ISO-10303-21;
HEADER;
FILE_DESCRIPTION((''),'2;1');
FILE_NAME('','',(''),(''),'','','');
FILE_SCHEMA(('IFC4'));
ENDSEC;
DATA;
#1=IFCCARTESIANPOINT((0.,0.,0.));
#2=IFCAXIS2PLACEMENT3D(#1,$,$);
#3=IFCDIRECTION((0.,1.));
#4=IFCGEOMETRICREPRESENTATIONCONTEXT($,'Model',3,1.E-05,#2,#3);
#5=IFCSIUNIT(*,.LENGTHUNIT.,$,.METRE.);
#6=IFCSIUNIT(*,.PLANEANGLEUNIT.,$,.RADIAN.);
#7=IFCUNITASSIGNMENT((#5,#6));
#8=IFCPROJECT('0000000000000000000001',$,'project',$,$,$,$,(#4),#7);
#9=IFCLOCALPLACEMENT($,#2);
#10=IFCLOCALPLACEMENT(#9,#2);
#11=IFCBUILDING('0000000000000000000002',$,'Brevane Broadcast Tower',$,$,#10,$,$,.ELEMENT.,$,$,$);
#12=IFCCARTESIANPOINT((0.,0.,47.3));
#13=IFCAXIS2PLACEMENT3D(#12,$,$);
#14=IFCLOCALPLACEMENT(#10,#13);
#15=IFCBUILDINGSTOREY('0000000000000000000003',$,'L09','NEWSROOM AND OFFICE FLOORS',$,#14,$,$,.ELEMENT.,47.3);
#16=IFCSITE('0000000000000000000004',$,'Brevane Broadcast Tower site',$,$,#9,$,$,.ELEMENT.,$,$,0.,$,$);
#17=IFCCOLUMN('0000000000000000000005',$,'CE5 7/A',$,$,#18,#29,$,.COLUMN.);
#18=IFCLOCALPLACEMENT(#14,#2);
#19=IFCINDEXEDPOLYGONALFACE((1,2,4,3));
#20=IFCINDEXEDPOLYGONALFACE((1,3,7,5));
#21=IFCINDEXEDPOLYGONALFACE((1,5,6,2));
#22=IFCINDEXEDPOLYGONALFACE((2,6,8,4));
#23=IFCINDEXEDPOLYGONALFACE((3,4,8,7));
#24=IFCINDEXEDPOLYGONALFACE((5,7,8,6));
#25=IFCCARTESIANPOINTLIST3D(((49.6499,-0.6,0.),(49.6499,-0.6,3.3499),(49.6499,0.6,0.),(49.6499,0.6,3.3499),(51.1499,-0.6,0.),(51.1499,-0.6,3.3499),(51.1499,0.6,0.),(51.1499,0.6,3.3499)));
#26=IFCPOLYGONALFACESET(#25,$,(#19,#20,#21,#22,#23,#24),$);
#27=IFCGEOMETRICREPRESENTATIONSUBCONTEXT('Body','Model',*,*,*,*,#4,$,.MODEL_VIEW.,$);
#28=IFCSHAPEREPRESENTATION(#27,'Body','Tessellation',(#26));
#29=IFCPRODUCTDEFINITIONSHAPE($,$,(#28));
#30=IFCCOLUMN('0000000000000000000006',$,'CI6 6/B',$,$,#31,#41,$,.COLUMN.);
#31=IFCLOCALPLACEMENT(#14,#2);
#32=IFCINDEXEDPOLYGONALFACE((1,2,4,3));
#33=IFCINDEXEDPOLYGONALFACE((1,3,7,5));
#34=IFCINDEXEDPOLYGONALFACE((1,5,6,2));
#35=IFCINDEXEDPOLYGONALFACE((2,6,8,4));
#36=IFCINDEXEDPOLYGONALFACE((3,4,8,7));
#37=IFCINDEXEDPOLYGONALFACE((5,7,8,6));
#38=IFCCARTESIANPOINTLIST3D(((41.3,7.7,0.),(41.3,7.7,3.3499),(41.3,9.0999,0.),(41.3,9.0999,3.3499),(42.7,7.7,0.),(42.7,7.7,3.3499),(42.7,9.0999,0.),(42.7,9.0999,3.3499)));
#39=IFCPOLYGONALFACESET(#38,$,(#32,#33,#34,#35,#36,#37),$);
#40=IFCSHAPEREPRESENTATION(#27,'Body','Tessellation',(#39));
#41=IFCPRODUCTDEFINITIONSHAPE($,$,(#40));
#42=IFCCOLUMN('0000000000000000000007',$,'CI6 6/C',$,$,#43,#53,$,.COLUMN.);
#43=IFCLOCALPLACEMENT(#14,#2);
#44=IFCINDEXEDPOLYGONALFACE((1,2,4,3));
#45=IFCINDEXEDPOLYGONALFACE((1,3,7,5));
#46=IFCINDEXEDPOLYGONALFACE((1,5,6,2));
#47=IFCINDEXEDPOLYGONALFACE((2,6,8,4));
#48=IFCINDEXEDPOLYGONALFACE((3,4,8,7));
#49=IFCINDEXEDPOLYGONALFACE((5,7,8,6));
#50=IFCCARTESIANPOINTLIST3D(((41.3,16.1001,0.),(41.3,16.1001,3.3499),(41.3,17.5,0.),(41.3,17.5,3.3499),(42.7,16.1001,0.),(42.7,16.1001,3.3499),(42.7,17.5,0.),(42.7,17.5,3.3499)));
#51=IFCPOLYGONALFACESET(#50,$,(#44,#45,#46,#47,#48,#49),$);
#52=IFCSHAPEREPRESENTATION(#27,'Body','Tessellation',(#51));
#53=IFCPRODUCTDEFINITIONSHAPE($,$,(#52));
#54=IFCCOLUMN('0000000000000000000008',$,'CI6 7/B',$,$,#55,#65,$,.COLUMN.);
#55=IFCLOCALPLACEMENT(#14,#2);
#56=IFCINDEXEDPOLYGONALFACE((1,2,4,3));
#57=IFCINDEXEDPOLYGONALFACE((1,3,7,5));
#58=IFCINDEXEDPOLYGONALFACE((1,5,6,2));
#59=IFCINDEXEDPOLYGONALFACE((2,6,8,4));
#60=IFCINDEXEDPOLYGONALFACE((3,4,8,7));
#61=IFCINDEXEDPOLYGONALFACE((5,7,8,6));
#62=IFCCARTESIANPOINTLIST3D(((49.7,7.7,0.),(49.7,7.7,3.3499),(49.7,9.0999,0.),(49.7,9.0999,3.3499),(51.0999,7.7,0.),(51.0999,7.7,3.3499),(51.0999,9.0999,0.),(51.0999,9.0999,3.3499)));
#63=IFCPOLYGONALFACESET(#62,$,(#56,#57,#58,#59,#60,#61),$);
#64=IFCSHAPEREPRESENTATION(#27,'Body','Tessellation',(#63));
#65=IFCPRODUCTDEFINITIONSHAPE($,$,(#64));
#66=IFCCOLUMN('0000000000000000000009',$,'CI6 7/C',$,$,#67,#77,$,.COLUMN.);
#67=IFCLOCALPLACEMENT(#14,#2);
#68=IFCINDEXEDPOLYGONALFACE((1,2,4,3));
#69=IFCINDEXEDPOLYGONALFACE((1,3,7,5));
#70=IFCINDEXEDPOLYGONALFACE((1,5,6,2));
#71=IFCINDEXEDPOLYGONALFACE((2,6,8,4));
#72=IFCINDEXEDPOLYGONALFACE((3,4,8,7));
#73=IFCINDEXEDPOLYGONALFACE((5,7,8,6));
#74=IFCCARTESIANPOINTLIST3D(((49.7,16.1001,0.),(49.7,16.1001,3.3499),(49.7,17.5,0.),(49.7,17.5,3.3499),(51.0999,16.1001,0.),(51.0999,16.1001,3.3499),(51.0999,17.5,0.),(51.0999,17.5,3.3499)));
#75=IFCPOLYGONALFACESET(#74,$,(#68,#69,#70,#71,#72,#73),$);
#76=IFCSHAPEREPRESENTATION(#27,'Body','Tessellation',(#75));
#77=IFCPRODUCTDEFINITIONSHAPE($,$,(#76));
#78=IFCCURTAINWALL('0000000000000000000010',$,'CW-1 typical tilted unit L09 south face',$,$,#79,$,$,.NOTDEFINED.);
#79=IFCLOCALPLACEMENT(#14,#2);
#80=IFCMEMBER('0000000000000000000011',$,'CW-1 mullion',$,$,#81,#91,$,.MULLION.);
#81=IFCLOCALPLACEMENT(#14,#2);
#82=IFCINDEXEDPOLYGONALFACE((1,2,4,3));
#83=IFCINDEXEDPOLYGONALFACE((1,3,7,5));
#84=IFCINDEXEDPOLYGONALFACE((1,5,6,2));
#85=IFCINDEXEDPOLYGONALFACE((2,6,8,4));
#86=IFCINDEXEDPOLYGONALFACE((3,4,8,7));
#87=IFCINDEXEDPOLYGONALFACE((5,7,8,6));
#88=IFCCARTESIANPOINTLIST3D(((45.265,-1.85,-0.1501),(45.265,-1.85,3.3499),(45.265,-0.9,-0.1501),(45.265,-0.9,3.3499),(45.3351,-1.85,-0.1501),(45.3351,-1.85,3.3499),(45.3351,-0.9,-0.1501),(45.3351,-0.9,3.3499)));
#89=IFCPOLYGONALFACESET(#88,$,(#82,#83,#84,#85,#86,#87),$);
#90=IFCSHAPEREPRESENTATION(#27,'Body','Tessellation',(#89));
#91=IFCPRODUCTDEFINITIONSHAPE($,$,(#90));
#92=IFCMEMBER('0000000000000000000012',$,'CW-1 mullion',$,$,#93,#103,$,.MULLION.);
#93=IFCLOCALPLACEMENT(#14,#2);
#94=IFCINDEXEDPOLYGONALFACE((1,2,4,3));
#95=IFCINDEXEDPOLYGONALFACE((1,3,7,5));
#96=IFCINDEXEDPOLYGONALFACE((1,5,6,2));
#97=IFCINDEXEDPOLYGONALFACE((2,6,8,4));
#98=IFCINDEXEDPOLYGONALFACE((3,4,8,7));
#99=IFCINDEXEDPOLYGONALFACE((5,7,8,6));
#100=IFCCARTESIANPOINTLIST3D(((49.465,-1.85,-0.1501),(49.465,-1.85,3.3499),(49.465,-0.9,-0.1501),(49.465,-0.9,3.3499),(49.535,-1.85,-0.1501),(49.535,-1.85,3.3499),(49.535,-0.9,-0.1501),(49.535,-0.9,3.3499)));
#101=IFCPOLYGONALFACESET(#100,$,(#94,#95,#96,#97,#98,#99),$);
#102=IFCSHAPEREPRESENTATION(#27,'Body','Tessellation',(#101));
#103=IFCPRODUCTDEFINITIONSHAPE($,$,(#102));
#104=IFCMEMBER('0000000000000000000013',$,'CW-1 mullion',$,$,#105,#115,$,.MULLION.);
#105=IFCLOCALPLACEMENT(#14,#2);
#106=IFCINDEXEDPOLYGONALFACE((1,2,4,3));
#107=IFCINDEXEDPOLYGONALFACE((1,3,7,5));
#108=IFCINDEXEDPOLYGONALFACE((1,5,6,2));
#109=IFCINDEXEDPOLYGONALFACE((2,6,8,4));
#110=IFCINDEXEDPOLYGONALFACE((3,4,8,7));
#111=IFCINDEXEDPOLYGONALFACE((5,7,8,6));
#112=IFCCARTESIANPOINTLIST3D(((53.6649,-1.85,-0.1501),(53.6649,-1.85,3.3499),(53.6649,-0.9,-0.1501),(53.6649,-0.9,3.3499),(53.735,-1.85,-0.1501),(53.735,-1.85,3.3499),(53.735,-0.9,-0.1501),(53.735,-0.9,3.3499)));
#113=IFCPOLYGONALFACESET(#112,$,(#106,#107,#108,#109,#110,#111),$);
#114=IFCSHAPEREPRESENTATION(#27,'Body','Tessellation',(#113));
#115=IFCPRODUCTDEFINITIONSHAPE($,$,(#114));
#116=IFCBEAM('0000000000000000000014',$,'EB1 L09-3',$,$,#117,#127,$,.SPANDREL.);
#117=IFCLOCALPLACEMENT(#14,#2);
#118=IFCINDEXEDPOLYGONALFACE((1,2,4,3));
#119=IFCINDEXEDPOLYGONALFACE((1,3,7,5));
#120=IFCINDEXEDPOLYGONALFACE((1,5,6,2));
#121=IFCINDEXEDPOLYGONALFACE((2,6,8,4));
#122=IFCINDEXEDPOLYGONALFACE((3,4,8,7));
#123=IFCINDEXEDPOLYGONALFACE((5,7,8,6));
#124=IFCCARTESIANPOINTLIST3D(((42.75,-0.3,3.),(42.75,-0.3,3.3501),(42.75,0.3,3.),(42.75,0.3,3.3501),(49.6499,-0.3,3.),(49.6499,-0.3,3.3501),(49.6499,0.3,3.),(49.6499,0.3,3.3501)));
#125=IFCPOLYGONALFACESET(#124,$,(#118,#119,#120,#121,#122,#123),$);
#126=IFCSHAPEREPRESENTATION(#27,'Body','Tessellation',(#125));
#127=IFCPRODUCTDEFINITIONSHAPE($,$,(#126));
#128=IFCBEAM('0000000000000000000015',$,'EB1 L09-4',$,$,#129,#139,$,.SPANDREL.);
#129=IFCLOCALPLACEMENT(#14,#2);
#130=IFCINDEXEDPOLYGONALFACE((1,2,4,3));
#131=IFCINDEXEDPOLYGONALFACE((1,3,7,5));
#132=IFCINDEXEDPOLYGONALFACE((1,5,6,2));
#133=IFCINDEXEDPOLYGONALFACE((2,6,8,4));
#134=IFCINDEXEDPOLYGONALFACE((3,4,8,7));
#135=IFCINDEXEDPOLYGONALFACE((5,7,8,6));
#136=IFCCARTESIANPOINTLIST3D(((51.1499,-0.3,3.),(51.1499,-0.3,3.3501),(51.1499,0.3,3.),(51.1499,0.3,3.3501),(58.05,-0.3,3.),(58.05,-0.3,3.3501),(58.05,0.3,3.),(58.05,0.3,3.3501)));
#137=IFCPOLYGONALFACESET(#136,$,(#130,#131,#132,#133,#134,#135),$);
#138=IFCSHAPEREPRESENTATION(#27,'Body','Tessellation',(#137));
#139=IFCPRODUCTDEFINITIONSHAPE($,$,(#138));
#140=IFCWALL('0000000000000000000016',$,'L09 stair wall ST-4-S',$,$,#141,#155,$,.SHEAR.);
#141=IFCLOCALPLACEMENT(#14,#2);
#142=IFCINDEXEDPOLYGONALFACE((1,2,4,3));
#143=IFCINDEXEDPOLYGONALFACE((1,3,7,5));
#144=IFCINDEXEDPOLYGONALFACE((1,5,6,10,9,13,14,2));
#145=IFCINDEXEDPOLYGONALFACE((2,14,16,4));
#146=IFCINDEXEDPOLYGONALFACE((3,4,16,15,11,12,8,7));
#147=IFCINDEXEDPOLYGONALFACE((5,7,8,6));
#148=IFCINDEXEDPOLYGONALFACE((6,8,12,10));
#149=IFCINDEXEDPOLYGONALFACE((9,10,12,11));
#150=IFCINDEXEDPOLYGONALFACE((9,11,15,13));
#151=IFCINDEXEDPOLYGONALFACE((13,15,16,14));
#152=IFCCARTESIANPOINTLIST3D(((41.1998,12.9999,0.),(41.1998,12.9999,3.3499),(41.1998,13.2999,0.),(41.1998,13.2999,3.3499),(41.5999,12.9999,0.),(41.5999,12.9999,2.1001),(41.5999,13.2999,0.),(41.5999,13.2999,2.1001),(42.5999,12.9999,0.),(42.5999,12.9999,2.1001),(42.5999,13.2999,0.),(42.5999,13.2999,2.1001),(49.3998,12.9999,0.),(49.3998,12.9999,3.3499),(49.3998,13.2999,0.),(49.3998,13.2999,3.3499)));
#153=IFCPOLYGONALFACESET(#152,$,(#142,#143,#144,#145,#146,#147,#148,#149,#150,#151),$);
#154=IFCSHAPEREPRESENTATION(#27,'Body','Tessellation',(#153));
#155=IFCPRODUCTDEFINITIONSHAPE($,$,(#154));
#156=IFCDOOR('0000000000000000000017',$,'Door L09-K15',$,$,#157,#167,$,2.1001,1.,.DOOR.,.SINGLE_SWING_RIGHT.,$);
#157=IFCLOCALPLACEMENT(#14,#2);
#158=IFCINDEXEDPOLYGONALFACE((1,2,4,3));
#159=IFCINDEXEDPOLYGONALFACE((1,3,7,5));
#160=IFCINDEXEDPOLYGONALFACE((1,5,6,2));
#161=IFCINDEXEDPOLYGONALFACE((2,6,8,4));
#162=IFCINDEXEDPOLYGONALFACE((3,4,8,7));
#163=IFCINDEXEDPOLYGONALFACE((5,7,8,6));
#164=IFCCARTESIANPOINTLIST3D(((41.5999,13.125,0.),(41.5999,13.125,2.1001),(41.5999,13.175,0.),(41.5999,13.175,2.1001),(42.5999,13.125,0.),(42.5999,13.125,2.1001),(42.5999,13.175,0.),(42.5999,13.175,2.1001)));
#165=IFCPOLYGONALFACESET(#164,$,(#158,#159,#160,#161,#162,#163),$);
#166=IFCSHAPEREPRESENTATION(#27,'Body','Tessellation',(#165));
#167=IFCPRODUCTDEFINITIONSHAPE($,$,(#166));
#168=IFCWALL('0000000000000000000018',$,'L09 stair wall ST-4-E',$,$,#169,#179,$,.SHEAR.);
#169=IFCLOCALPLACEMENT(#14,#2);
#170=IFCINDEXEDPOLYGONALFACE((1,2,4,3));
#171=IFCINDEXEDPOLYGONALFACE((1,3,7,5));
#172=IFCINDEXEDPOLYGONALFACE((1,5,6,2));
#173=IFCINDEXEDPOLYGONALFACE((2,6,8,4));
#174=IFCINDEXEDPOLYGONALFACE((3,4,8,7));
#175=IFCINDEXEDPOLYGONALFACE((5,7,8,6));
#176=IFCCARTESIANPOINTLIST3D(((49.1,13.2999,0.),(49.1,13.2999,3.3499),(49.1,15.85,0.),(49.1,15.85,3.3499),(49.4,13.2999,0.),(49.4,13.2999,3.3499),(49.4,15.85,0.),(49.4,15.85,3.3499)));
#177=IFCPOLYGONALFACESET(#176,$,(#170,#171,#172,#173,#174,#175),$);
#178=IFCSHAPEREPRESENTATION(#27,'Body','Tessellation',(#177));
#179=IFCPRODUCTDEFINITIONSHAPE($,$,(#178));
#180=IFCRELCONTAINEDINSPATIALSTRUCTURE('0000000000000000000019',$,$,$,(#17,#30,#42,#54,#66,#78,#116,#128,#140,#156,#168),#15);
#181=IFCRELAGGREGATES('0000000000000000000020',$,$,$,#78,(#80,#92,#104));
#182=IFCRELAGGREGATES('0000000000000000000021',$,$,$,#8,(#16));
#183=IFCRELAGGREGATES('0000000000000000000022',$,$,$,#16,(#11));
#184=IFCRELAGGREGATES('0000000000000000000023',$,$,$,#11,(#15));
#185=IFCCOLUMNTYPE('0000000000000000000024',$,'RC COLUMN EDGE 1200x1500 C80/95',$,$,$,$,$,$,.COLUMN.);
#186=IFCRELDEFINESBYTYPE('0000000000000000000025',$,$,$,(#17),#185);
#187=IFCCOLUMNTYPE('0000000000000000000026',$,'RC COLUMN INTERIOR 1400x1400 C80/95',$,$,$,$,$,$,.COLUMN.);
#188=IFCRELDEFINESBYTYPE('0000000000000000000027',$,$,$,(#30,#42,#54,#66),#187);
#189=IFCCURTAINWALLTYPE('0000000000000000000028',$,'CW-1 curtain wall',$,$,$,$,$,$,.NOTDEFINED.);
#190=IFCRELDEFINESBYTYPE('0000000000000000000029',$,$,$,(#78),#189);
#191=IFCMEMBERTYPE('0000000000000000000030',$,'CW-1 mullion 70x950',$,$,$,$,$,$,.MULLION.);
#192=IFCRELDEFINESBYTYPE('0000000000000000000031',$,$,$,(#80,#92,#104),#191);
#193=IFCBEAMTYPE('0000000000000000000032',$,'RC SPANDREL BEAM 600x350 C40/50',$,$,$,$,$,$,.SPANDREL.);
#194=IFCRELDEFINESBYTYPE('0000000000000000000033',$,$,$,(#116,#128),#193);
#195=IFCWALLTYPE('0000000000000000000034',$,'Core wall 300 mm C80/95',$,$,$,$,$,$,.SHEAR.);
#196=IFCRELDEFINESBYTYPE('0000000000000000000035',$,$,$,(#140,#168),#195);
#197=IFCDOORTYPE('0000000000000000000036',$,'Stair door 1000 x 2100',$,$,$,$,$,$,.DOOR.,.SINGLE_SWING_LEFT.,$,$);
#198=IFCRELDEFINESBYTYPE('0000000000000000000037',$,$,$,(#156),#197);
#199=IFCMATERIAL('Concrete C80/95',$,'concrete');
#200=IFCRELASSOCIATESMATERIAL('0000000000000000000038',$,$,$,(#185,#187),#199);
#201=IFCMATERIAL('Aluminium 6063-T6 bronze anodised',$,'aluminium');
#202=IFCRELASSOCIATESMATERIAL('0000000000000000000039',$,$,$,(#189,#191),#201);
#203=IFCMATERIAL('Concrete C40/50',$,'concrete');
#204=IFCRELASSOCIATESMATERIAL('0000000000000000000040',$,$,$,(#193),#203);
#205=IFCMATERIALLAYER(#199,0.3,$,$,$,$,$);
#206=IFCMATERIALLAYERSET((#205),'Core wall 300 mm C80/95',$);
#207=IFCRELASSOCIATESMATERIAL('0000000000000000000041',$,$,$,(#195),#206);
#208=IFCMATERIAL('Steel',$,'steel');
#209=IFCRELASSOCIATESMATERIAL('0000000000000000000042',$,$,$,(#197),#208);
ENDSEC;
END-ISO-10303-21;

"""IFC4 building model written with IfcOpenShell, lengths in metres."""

from ifc_helpers import new_model, si_unit, direction, frame, frame_2d, origin, origin_2d, place, context, subcontext, project, spatial, rectangle, extrude, material, layer, layer_set, material_profile, profile_set, type_object, element, fill, aggregate, save


model = new_model("IFC4")

# Units and contexts
model_context = context("Model", 3, precision=1e-05, world=origin(), true_north=direction((0.0, 1.0)))
body_context = subcontext(model_context, "Body", "Model", "MODEL_VIEW")
ifc_project = project(units=[si_unit("LENGTHUNIT", "METRE"), si_unit("PLANEANGLEUNIT", "RADIAN")], contexts=[model_context])

# Site, building, storey
site_placement = place(None, origin())
site = spatial("IfcSite", under=ifc_project, at=site_placement, Name="Brevane Broadcast Tower site", CompositionType="ELEMENT", RefElevation=0.0)
building_placement = place(site_placement, origin())
building = spatial("IfcBuilding", under=site, at=building_placement, Name="Brevane Broadcast Tower", CompositionType="ELEMENT")
storey_placement = place(building_placement, frame((0.0, 0.0, 47.3)))
storey = spatial("IfcBuildingStorey", under=building, at=storey_placement, Name="L09", Description="NEWSROOM AND OFFICE FLOORS", CompositionType="ELEMENT", Elevation=47.3)

# Columns
ifc_material_1 = material(Name="Concrete C80/95", Category="concrete")
ifc_material_profile_1 = material_profile(ifc_material_1, rectangle(XDim=1.2, YDim=1.5, at=origin_2d()), Name="RC 1200x1500")
ifc_profile_set_1 = profile_set([ifc_material_profile_1], Name="Concrete C80/95")
column_type_1 = type_object("IfcColumnType", Name="RC COLUMN EDGE 1200x1500 C80/95", PredefinedType="COLUMN", material=ifc_profile_set_1)
column_placement = place(storey_placement, frame((50.3999, 0.0, 0.0), z_axis=(0.0, 0.0, 1.0), x_axis=(0.0, 1.0, 0.0)))
element("IfcColumn", 1, at=column_placement, inside=storey, type_object=column_type_1, Name="CE5 7/A", PredefinedType="COLUMN", context=body_context, shape_type="SweptSolid", body=[
    extrude(rectangle(XDim=1.2, YDim=1.5, at=origin_2d()), origin(), (0.0, 0.0, 1.0), 3.3499),
])
ifc_material_profile_2 = material_profile(ifc_material_1, rectangle(XDim=1.3999, YDim=1.3999, at=origin_2d()), Name="RC 1400x1400")
ifc_profile_set_2 = profile_set([ifc_material_profile_2], Name="Concrete C80/95")
column_type_2 = type_object("IfcColumnType", Name="RC COLUMN INTERIOR 1400x1400 C80/95", PredefinedType="COLUMN", material=ifc_profile_set_2)
for number, where, z_axis, x_axis, name in (
    (2, (42.0, 8.3999, 0.0), (0.0, 0.0, 1.0), (1.0, 0.0, 0.0), "CI6 6/B"),
    (3, (42.0, 16.8, 0.0), (0.0, 0.0, 1.0), (1.0, 0.0, 0.0), "CI6 6/C"),
    (4, (50.3999, 8.3999, 0.0), (0.0, 0.0, 1.0), (1.0, 0.0, 0.0), "CI6 7/B"),
    (5, (50.3999, 16.8, 0.0), (0.0, 0.0, 1.0), (1.0, 0.0, 0.0), "CI6 7/C"),
):
    element("IfcColumn", number, at=place(storey_placement, frame(where, z_axis=z_axis, x_axis=x_axis)), inside=storey, type_object=column_type_2, Name=name, PredefinedType="COLUMN", context=body_context, shape_type="SweptSolid", body=[
        extrude(rectangle(XDim=1.3999, YDim=1.3999, at=origin_2d()), origin(), (0.0, 0.0, 1.0), 3.3499),
    ])

# Curtain wall, members
ifc_material_2 = material(Name="Aluminium 6063-T6 bronze anodised", Category="aluminium")
curtain_wall_type = type_object("IfcCurtainWallType", Name="CW-1 curtain wall", PredefinedType="NOTDEFINED", material=ifc_material_2)
curtain_wall_placement = place(storey_placement, origin())
curtain_wall = element("IfcCurtainWall", 6, at=curtain_wall_placement, inside=storey, type_object=curtain_wall_type, Name="CW-1 typical tilted unit L09 south face", PredefinedType="NOTDEFINED")
ifc_material_profile_3 = material_profile(ifc_material_2, rectangle(XDim=0.95, YDim=0.0701, at=origin_2d()), Name="RECT 70x950")
ifc_profile_set_3 = profile_set([ifc_material_profile_3], Name="Aluminium 6063-T6 bronze anodised")
member_type = type_object("IfcMemberType", Name="CW-1 mullion 70x950", PredefinedType="MULLION", material=ifc_profile_set_3)
member_1_placement = place(storey_placement, frame((45.3, -1.375, -0.1501), z_axis=(0.0, 0.0, 1.0), x_axis=(0.0, 1.0, 0.0)))
member_1 = element("IfcMember", 7, at=member_1_placement, type_object=member_type, Name="CW-1 mullion", PredefinedType="MULLION", context=body_context, shape_type="SweptSolid", body=[
    extrude(rectangle(XDim=0.95, YDim=0.0701, at=origin_2d()), origin(), (0.0, 0.0, 1.0), 3.5),
])
member_2_placement = place(storey_placement, frame((49.5, -1.375, -0.1501), z_axis=(0.0, 0.0, 1.0), x_axis=(0.0, 1.0, 0.0)))
member_2 = element("IfcMember", 8, at=member_2_placement, type_object=member_type, Name="CW-1 mullion", PredefinedType="MULLION", context=body_context, shape_type="SweptSolid", body=[
    extrude(rectangle(XDim=0.95, YDim=0.0701, at=origin_2d()), origin(), (0.0, 0.0, 1.0), 3.5),
])
member_3_placement = place(storey_placement, frame((53.7, -1.375, -0.1501), z_axis=(0.0, 0.0, 1.0), x_axis=(0.0, 1.0, 0.0)))
member_3 = element("IfcMember", 9, at=member_3_placement, type_object=member_type, Name="CW-1 mullion", PredefinedType="MULLION", context=body_context, shape_type="SweptSolid", body=[
    extrude(rectangle(XDim=0.95, YDim=0.0701, at=origin_2d()), origin(), (0.0, 0.0, 1.0), 3.5),
])
aggregate(curtain_wall, [member_1, member_2, member_3])

# Beams
ifc_material_3 = material(Name="Concrete C40/50", Category="concrete")
ifc_material_profile_4 = material_profile(ifc_material_3, rectangle(XDim=0.6001, YDim=0.3501, at=origin_2d()), Name="RC 600x350")
ifc_profile_set_4 = profile_set([ifc_material_profile_4], Name="Concrete C40/50")
beam_type = type_object("IfcBeamType", Name="RC SPANDREL BEAM 600x350 C40/50", PredefinedType="SPANDREL", material=ifc_profile_set_4)
beam_1_placement = place(storey_placement, frame((42.75, 0.0, 3.175), z_axis=(1.0, 0.0, 0.0), x_axis=(0.0, 1.0, 0.0)))
element("IfcBeam", 10, at=beam_1_placement, inside=storey, type_object=beam_type, Name="EB1 L09-3", PredefinedType="SPANDREL", context=body_context, shape_type="SweptSolid", body=[
    extrude(rectangle(XDim=0.6001, YDim=0.3501, at=origin_2d()), origin(), (0.0, 0.0, 1.0), 6.8999),
])
beam_2_placement = place(storey_placement, frame((51.1499, 0.0, 3.175), z_axis=(1.0, 0.0, 0.0), x_axis=(0.0, 1.0, 0.0)))
element("IfcBeam", 11, at=beam_2_placement, inside=storey, type_object=beam_type, Name="EB1 L09-4", PredefinedType="SPANDREL", context=body_context, shape_type="SweptSolid", body=[
    extrude(rectangle(XDim=0.6001, YDim=0.3501, at=origin_2d()), origin(), (0.0, 0.0, 1.0), 6.9001),
])

# Wall, opening, door
ifc_layer_1 = layer(ifc_material_1, 0.3)
ifc_layer_set_1 = layer_set([ifc_layer_1], Name="Core wall 300 mm C80/95")
wall_type_1 = type_object("IfcWallType", Name="Core wall 300 mm C80/95", PredefinedType="SHEAR", material=ifc_layer_set_1)
wall_1_placement = place(storey_placement, frame((49.3999, 13.1499, 0.0), z_axis=(0.0, 0.0, 1.0), x_axis=(-1.0, 0.0, 0.0)))
wall_1 = element("IfcWall", 12, at=wall_1_placement, inside=storey, type_object=wall_type_1, Name="L09 stair wall ST-4-S", PredefinedType="SHEAR", context=body_context, shape_type="SweptSolid", body=[
    extrude(rectangle(XDim=8.2, YDim=0.3, at=frame_2d((4.1001, 0.0))), origin(), (0.0, 0.0, 1.0), 3.3499),
])
opening_1_placement = place(wall_1_placement, frame((6.8, 0.0, 0.0)))
opening_1 = element("IfcOpeningElement", 13, at=opening_1_placement, cuts=wall_1, PredefinedType="OPENING", context=body_context, shape_type="SweptSolid", body=[
    extrude(rectangle(XDim=1.0, YDim=2.1001, at=frame_2d((0.5, 1.05))), frame((0.0, 0.1599, 0.0), z_axis=(0.0, -1.0, 0.0), x_axis=(1.0, 0.0, 0.0)), (0.0, 0.0, 1.0), 0.3201),
])
ifc_material_4 = material(Name="Steel", Category="steel")
door_type_1 = type_object("IfcDoorType", Name="Stair door 1000 x 2100", OperationType="SINGLE_SWING_LEFT", PredefinedType="DOOR", material=ifc_material_4)
door_1_placement = place(opening_1_placement, origin())
door_1 = element("IfcDoor", 14, at=door_1_placement, inside=storey, type_object=door_type_1, Name="Door L09-K15", OperationType="SINGLE_SWING_RIGHT", OverallHeight=2.1001, OverallWidth=1.0, PredefinedType="DOOR", context=body_context, shape_type="SweptSolid", body=[
    extrude(rectangle(XDim=1.0, YDim=2.1001, at=frame_2d((0.5, 1.05))), frame((0.0, 0.0249, 0.0), z_axis=(0.0, -1.0, 0.0), x_axis=(1.0, 0.0, 0.0)), (0.0, 0.0, 1.0), 0.05),
])
fill(opening_1, door_1)

# Wall
wall_2_placement = place(storey_placement, frame((49.25, 13.3, 0.0), z_axis=(0.0, 0.0, 1.0), x_axis=(0.0, 1.0, 0.0)))
element("IfcWall", 15, at=wall_2_placement, inside=storey, type_object=wall_type_1, Name="L09 stair wall ST-4-E", PredefinedType="SHEAR", context=body_context, shape_type="SweptSolid", body=[
    extrude(rectangle(XDim=2.55, YDim=0.3, at=frame_2d((1.2749, 0.0))), origin(), (0.0, 0.0, 1.0), 3.3499),
])

save(model, "model.ifc")
